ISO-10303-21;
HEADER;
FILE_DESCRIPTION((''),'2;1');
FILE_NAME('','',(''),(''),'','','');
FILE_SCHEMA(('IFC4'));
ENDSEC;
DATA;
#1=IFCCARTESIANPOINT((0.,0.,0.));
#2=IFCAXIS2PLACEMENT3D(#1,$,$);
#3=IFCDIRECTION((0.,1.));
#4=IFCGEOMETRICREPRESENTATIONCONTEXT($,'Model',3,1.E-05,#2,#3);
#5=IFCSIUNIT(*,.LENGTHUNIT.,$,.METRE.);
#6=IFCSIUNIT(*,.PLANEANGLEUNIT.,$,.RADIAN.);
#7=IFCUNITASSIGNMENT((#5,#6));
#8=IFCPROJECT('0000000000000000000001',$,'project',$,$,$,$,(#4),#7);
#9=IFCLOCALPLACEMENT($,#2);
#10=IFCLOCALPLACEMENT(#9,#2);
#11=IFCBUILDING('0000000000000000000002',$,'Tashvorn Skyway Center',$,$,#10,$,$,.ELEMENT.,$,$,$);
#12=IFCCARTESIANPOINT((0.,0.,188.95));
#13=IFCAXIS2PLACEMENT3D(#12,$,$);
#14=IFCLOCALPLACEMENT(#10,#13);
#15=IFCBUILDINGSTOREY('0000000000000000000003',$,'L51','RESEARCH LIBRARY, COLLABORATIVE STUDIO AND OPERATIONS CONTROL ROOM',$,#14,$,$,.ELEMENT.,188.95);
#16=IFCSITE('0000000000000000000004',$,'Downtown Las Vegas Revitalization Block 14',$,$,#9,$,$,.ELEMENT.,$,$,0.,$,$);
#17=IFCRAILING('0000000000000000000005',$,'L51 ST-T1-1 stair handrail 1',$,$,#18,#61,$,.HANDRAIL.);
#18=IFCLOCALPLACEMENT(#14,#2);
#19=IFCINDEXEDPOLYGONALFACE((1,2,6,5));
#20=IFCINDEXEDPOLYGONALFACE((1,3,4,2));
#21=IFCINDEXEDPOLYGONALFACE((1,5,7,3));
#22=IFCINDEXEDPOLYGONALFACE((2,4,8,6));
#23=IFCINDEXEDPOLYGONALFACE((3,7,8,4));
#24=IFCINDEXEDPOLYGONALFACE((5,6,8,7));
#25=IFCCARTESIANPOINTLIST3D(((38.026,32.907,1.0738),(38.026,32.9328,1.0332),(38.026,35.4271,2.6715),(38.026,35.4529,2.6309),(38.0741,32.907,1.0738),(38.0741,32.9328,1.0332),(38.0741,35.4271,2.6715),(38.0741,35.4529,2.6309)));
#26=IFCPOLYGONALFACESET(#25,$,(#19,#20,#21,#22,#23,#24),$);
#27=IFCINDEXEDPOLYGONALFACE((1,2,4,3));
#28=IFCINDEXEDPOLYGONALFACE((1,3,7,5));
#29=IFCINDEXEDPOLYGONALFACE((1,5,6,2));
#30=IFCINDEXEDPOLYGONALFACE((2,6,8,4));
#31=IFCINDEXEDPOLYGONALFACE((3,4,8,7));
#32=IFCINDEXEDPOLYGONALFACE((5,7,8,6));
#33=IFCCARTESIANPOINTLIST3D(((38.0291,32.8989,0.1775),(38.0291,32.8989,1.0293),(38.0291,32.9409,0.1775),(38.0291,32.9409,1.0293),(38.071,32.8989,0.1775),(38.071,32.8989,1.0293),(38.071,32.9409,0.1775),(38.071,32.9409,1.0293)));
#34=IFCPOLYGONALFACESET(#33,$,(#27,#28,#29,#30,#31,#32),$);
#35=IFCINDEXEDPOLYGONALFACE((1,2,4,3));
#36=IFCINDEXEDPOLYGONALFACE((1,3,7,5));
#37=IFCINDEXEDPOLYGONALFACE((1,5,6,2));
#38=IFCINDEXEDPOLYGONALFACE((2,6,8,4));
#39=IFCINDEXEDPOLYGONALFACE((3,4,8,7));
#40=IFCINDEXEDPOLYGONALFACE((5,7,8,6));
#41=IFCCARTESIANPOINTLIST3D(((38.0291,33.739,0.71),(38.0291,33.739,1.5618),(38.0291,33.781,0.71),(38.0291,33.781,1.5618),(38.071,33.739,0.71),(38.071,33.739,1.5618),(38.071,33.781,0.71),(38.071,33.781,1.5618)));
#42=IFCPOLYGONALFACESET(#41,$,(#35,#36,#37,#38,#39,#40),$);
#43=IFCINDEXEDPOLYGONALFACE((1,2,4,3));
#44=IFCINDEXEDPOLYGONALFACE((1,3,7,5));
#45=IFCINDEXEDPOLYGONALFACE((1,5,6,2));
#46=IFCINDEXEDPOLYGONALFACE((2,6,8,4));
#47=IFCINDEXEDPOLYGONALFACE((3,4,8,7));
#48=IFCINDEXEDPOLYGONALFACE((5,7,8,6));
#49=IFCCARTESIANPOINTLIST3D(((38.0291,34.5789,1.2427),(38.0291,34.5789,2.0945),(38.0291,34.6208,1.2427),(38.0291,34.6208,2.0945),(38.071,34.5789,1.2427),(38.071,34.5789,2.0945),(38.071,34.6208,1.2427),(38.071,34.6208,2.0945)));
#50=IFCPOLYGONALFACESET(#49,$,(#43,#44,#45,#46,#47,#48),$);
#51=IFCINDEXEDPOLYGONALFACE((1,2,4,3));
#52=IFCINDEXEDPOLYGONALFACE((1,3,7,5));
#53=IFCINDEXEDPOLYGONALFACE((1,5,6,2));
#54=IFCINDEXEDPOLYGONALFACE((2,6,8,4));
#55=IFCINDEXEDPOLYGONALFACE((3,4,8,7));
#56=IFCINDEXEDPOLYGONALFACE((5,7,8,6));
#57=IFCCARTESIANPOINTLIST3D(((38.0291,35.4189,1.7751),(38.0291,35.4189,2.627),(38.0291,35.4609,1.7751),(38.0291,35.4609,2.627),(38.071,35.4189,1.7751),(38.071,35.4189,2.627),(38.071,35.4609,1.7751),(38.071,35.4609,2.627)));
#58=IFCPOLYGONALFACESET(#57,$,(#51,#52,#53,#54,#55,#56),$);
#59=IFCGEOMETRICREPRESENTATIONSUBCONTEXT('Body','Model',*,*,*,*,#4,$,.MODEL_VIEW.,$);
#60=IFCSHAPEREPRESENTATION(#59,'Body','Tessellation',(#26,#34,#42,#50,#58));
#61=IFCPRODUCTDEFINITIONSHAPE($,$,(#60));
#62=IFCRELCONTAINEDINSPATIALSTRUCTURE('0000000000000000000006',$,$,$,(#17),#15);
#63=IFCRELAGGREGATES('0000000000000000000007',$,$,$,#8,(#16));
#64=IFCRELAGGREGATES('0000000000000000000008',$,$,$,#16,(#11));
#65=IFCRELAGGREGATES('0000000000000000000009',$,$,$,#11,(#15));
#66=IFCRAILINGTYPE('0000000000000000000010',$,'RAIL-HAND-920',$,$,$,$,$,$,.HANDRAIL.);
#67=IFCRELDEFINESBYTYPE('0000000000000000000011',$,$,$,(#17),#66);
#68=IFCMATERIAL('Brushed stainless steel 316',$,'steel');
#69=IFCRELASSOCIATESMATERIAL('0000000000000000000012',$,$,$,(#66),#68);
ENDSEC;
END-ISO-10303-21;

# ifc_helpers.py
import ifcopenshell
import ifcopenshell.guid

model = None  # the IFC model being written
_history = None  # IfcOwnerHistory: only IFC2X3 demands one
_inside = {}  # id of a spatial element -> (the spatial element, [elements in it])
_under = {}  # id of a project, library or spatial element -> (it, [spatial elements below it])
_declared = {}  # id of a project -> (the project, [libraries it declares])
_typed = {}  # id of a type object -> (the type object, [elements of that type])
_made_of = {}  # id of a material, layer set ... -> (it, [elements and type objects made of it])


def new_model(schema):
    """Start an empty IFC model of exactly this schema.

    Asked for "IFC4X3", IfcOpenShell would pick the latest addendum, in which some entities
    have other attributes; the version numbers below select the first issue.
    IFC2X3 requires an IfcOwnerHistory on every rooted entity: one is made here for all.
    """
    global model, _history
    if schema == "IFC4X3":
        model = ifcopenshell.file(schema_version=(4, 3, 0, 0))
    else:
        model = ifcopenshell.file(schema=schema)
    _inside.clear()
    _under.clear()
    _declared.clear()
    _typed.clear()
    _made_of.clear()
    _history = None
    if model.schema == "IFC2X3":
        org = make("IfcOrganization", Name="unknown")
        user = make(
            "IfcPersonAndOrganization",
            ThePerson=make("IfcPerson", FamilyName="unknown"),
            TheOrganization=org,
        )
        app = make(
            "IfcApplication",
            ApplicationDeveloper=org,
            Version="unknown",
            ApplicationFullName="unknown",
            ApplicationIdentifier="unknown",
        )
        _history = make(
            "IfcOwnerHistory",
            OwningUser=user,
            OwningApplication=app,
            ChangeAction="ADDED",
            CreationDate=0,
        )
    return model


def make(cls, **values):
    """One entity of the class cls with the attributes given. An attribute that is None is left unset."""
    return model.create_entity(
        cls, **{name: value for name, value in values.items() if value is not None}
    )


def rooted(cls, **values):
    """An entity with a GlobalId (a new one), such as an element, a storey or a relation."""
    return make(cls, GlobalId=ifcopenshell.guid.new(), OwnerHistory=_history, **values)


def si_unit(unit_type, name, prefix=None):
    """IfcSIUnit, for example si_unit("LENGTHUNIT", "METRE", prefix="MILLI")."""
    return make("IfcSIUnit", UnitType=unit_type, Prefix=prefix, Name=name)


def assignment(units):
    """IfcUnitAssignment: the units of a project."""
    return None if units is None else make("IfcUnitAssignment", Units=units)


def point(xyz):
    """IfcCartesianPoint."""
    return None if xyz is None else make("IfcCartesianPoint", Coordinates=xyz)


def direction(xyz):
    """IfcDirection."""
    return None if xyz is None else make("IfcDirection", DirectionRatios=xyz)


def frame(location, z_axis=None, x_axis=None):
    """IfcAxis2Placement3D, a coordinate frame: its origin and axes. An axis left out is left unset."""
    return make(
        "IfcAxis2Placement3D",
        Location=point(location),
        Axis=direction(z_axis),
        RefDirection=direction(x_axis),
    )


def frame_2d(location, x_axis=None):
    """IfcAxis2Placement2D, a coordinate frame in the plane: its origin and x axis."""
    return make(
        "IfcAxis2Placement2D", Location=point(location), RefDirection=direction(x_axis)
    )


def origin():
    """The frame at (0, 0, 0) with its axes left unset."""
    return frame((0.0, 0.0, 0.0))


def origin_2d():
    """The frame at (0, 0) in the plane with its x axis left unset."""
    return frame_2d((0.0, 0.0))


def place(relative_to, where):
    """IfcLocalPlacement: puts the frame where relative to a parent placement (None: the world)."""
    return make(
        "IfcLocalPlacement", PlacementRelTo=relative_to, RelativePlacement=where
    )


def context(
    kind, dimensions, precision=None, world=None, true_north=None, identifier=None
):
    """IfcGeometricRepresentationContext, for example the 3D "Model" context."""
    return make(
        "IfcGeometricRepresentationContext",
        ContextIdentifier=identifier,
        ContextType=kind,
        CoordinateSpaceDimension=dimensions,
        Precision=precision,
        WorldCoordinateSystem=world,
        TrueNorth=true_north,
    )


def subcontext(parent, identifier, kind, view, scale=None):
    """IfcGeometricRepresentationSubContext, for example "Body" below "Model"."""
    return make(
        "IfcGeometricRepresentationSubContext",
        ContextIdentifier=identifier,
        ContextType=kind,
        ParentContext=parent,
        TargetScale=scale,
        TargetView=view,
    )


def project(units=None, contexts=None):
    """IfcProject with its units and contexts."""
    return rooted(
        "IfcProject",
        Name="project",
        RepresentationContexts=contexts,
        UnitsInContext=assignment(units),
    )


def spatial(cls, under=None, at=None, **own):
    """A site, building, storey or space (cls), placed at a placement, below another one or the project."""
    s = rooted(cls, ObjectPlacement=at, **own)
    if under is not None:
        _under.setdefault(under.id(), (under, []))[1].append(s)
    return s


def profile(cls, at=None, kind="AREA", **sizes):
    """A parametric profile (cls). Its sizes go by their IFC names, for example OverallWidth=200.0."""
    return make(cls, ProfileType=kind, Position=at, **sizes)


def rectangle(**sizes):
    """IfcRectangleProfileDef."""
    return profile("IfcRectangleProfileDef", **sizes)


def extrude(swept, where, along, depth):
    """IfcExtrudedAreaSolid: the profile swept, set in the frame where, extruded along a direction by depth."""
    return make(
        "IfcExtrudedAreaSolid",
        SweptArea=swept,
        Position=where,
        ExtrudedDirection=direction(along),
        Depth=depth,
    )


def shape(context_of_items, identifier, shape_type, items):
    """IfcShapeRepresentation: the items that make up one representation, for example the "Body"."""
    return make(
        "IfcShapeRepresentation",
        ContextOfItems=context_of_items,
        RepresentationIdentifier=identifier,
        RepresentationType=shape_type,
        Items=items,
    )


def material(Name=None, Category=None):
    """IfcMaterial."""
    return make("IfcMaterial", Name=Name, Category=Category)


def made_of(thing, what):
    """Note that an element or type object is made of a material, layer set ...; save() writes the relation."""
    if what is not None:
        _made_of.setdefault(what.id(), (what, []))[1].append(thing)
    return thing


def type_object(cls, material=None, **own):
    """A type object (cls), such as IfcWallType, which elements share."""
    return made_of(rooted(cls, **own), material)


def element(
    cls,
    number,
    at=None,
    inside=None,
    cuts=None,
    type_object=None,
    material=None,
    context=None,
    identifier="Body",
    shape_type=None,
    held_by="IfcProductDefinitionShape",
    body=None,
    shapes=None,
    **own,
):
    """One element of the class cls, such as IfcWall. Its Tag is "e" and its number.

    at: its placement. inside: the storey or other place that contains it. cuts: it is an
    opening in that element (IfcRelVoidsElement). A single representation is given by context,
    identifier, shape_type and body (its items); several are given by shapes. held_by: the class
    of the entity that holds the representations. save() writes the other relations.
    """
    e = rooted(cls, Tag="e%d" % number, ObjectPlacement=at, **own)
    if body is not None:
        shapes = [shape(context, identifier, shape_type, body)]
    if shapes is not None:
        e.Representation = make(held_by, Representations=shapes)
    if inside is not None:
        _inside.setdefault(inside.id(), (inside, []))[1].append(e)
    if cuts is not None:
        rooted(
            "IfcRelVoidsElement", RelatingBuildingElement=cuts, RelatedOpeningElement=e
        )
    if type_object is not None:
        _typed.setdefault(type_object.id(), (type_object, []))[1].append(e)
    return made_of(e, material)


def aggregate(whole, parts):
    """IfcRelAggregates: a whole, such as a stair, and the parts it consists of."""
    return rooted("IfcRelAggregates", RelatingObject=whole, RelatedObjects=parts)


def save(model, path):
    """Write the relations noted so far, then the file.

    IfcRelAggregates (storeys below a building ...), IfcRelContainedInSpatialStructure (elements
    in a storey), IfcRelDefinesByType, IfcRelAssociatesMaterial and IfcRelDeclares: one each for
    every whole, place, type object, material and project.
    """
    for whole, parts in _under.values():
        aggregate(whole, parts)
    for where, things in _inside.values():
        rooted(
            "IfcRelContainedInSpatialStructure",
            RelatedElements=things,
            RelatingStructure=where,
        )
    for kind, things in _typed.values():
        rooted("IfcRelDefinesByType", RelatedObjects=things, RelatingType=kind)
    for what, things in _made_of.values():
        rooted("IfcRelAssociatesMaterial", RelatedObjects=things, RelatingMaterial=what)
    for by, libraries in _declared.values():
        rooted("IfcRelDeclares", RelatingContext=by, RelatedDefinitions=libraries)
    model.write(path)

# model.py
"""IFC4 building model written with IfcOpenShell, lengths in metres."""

from ifc_helpers import new_model, si_unit, direction, frame, origin, origin_2d, place, context, subcontext, project, spatial, rectangle, extrude, material, type_object, element, save


model = new_model("IFC4")

# Units and contexts
model_context = context("Model", 3, precision=1e-05, world=origin(), true_north=direction((0.0, 1.0)))
body_context = subcontext(model_context, "Body", "Model", "MODEL_VIEW")
ifc_project = project(units=[si_unit("LENGTHUNIT", "METRE"), si_unit("PLANEANGLEUNIT", "RADIAN")], contexts=[model_context])

# Site, building, storey
site_placement = place(None, origin())
site = spatial("IfcSite", under=ifc_project, at=site_placement, Name="Downtown Las Vegas Revitalization Block 14", CompositionType="ELEMENT", RefElevation=0.0)
building_placement = place(site_placement, origin())
building = spatial("IfcBuilding", under=site, at=building_placement, Name="Tashvorn Skyway Center", CompositionType="ELEMENT")
storey_placement = place(building_placement, frame((0.0, 0.0, 188.95)))
storey = spatial("IfcBuildingStorey", under=building, at=storey_placement, Name="L51", Description="RESEARCH LIBRARY, COLLABORATIVE STUDIO AND OPERATIONS CONTROL ROOM", CompositionType="ELEMENT", Elevation=188.95)

# Railing
ifc_material_1 = material(Name="Brushed stainless steel 316", Category="steel")
railing_type = type_object("IfcRailingType", Name="RAIL-HAND-920", PredefinedType="HANDRAIL", material=ifc_material_1)
railing_placement = place(storey_placement, frame((38.05, 32.9199, 0.1775)))
element("IfcRailing", 1, at=railing_placement, inside=storey, type_object=railing_type, Name="L51 ST-T1-1 stair handrail 1", PredefinedType="HANDRAIL", context=body_context, shape_type="SweptSolid", body=[
    extrude(rectangle(XDim=0.0481, YDim=0.0481, at=origin_2d()), frame((0.0, 0.0, 0.876), z_axis=(0.0, 0.84457, 0.535445), x_axis=(-1.0, 0.0, 0.0)), (0.0, 0.0, 1.0), 2.9839),
    extrude(rectangle(XDim=0.042, YDim=0.042, at=origin_2d()), origin(), (0.0, 0.0, 1.0), 0.8518),
    extrude(rectangle(XDim=0.042, YDim=0.042, at=origin_2d()), frame((0.0, 0.8401, 0.5325)), (0.0, 0.0, 1.0), 0.8518),
    extrude(rectangle(XDim=0.042, YDim=0.042, at=origin_2d()), frame((0.0, 1.6799, 1.0652)), (0.0, 0.0, 1.0), 0.8518),
    extrude(rectangle(XDim=0.042, YDim=0.042, at=origin_2d()), frame((0.0, 2.52, 1.5977)), (0.0, 0.0, 1.0), 0.8518),
])

save(model, "model.ifc")
